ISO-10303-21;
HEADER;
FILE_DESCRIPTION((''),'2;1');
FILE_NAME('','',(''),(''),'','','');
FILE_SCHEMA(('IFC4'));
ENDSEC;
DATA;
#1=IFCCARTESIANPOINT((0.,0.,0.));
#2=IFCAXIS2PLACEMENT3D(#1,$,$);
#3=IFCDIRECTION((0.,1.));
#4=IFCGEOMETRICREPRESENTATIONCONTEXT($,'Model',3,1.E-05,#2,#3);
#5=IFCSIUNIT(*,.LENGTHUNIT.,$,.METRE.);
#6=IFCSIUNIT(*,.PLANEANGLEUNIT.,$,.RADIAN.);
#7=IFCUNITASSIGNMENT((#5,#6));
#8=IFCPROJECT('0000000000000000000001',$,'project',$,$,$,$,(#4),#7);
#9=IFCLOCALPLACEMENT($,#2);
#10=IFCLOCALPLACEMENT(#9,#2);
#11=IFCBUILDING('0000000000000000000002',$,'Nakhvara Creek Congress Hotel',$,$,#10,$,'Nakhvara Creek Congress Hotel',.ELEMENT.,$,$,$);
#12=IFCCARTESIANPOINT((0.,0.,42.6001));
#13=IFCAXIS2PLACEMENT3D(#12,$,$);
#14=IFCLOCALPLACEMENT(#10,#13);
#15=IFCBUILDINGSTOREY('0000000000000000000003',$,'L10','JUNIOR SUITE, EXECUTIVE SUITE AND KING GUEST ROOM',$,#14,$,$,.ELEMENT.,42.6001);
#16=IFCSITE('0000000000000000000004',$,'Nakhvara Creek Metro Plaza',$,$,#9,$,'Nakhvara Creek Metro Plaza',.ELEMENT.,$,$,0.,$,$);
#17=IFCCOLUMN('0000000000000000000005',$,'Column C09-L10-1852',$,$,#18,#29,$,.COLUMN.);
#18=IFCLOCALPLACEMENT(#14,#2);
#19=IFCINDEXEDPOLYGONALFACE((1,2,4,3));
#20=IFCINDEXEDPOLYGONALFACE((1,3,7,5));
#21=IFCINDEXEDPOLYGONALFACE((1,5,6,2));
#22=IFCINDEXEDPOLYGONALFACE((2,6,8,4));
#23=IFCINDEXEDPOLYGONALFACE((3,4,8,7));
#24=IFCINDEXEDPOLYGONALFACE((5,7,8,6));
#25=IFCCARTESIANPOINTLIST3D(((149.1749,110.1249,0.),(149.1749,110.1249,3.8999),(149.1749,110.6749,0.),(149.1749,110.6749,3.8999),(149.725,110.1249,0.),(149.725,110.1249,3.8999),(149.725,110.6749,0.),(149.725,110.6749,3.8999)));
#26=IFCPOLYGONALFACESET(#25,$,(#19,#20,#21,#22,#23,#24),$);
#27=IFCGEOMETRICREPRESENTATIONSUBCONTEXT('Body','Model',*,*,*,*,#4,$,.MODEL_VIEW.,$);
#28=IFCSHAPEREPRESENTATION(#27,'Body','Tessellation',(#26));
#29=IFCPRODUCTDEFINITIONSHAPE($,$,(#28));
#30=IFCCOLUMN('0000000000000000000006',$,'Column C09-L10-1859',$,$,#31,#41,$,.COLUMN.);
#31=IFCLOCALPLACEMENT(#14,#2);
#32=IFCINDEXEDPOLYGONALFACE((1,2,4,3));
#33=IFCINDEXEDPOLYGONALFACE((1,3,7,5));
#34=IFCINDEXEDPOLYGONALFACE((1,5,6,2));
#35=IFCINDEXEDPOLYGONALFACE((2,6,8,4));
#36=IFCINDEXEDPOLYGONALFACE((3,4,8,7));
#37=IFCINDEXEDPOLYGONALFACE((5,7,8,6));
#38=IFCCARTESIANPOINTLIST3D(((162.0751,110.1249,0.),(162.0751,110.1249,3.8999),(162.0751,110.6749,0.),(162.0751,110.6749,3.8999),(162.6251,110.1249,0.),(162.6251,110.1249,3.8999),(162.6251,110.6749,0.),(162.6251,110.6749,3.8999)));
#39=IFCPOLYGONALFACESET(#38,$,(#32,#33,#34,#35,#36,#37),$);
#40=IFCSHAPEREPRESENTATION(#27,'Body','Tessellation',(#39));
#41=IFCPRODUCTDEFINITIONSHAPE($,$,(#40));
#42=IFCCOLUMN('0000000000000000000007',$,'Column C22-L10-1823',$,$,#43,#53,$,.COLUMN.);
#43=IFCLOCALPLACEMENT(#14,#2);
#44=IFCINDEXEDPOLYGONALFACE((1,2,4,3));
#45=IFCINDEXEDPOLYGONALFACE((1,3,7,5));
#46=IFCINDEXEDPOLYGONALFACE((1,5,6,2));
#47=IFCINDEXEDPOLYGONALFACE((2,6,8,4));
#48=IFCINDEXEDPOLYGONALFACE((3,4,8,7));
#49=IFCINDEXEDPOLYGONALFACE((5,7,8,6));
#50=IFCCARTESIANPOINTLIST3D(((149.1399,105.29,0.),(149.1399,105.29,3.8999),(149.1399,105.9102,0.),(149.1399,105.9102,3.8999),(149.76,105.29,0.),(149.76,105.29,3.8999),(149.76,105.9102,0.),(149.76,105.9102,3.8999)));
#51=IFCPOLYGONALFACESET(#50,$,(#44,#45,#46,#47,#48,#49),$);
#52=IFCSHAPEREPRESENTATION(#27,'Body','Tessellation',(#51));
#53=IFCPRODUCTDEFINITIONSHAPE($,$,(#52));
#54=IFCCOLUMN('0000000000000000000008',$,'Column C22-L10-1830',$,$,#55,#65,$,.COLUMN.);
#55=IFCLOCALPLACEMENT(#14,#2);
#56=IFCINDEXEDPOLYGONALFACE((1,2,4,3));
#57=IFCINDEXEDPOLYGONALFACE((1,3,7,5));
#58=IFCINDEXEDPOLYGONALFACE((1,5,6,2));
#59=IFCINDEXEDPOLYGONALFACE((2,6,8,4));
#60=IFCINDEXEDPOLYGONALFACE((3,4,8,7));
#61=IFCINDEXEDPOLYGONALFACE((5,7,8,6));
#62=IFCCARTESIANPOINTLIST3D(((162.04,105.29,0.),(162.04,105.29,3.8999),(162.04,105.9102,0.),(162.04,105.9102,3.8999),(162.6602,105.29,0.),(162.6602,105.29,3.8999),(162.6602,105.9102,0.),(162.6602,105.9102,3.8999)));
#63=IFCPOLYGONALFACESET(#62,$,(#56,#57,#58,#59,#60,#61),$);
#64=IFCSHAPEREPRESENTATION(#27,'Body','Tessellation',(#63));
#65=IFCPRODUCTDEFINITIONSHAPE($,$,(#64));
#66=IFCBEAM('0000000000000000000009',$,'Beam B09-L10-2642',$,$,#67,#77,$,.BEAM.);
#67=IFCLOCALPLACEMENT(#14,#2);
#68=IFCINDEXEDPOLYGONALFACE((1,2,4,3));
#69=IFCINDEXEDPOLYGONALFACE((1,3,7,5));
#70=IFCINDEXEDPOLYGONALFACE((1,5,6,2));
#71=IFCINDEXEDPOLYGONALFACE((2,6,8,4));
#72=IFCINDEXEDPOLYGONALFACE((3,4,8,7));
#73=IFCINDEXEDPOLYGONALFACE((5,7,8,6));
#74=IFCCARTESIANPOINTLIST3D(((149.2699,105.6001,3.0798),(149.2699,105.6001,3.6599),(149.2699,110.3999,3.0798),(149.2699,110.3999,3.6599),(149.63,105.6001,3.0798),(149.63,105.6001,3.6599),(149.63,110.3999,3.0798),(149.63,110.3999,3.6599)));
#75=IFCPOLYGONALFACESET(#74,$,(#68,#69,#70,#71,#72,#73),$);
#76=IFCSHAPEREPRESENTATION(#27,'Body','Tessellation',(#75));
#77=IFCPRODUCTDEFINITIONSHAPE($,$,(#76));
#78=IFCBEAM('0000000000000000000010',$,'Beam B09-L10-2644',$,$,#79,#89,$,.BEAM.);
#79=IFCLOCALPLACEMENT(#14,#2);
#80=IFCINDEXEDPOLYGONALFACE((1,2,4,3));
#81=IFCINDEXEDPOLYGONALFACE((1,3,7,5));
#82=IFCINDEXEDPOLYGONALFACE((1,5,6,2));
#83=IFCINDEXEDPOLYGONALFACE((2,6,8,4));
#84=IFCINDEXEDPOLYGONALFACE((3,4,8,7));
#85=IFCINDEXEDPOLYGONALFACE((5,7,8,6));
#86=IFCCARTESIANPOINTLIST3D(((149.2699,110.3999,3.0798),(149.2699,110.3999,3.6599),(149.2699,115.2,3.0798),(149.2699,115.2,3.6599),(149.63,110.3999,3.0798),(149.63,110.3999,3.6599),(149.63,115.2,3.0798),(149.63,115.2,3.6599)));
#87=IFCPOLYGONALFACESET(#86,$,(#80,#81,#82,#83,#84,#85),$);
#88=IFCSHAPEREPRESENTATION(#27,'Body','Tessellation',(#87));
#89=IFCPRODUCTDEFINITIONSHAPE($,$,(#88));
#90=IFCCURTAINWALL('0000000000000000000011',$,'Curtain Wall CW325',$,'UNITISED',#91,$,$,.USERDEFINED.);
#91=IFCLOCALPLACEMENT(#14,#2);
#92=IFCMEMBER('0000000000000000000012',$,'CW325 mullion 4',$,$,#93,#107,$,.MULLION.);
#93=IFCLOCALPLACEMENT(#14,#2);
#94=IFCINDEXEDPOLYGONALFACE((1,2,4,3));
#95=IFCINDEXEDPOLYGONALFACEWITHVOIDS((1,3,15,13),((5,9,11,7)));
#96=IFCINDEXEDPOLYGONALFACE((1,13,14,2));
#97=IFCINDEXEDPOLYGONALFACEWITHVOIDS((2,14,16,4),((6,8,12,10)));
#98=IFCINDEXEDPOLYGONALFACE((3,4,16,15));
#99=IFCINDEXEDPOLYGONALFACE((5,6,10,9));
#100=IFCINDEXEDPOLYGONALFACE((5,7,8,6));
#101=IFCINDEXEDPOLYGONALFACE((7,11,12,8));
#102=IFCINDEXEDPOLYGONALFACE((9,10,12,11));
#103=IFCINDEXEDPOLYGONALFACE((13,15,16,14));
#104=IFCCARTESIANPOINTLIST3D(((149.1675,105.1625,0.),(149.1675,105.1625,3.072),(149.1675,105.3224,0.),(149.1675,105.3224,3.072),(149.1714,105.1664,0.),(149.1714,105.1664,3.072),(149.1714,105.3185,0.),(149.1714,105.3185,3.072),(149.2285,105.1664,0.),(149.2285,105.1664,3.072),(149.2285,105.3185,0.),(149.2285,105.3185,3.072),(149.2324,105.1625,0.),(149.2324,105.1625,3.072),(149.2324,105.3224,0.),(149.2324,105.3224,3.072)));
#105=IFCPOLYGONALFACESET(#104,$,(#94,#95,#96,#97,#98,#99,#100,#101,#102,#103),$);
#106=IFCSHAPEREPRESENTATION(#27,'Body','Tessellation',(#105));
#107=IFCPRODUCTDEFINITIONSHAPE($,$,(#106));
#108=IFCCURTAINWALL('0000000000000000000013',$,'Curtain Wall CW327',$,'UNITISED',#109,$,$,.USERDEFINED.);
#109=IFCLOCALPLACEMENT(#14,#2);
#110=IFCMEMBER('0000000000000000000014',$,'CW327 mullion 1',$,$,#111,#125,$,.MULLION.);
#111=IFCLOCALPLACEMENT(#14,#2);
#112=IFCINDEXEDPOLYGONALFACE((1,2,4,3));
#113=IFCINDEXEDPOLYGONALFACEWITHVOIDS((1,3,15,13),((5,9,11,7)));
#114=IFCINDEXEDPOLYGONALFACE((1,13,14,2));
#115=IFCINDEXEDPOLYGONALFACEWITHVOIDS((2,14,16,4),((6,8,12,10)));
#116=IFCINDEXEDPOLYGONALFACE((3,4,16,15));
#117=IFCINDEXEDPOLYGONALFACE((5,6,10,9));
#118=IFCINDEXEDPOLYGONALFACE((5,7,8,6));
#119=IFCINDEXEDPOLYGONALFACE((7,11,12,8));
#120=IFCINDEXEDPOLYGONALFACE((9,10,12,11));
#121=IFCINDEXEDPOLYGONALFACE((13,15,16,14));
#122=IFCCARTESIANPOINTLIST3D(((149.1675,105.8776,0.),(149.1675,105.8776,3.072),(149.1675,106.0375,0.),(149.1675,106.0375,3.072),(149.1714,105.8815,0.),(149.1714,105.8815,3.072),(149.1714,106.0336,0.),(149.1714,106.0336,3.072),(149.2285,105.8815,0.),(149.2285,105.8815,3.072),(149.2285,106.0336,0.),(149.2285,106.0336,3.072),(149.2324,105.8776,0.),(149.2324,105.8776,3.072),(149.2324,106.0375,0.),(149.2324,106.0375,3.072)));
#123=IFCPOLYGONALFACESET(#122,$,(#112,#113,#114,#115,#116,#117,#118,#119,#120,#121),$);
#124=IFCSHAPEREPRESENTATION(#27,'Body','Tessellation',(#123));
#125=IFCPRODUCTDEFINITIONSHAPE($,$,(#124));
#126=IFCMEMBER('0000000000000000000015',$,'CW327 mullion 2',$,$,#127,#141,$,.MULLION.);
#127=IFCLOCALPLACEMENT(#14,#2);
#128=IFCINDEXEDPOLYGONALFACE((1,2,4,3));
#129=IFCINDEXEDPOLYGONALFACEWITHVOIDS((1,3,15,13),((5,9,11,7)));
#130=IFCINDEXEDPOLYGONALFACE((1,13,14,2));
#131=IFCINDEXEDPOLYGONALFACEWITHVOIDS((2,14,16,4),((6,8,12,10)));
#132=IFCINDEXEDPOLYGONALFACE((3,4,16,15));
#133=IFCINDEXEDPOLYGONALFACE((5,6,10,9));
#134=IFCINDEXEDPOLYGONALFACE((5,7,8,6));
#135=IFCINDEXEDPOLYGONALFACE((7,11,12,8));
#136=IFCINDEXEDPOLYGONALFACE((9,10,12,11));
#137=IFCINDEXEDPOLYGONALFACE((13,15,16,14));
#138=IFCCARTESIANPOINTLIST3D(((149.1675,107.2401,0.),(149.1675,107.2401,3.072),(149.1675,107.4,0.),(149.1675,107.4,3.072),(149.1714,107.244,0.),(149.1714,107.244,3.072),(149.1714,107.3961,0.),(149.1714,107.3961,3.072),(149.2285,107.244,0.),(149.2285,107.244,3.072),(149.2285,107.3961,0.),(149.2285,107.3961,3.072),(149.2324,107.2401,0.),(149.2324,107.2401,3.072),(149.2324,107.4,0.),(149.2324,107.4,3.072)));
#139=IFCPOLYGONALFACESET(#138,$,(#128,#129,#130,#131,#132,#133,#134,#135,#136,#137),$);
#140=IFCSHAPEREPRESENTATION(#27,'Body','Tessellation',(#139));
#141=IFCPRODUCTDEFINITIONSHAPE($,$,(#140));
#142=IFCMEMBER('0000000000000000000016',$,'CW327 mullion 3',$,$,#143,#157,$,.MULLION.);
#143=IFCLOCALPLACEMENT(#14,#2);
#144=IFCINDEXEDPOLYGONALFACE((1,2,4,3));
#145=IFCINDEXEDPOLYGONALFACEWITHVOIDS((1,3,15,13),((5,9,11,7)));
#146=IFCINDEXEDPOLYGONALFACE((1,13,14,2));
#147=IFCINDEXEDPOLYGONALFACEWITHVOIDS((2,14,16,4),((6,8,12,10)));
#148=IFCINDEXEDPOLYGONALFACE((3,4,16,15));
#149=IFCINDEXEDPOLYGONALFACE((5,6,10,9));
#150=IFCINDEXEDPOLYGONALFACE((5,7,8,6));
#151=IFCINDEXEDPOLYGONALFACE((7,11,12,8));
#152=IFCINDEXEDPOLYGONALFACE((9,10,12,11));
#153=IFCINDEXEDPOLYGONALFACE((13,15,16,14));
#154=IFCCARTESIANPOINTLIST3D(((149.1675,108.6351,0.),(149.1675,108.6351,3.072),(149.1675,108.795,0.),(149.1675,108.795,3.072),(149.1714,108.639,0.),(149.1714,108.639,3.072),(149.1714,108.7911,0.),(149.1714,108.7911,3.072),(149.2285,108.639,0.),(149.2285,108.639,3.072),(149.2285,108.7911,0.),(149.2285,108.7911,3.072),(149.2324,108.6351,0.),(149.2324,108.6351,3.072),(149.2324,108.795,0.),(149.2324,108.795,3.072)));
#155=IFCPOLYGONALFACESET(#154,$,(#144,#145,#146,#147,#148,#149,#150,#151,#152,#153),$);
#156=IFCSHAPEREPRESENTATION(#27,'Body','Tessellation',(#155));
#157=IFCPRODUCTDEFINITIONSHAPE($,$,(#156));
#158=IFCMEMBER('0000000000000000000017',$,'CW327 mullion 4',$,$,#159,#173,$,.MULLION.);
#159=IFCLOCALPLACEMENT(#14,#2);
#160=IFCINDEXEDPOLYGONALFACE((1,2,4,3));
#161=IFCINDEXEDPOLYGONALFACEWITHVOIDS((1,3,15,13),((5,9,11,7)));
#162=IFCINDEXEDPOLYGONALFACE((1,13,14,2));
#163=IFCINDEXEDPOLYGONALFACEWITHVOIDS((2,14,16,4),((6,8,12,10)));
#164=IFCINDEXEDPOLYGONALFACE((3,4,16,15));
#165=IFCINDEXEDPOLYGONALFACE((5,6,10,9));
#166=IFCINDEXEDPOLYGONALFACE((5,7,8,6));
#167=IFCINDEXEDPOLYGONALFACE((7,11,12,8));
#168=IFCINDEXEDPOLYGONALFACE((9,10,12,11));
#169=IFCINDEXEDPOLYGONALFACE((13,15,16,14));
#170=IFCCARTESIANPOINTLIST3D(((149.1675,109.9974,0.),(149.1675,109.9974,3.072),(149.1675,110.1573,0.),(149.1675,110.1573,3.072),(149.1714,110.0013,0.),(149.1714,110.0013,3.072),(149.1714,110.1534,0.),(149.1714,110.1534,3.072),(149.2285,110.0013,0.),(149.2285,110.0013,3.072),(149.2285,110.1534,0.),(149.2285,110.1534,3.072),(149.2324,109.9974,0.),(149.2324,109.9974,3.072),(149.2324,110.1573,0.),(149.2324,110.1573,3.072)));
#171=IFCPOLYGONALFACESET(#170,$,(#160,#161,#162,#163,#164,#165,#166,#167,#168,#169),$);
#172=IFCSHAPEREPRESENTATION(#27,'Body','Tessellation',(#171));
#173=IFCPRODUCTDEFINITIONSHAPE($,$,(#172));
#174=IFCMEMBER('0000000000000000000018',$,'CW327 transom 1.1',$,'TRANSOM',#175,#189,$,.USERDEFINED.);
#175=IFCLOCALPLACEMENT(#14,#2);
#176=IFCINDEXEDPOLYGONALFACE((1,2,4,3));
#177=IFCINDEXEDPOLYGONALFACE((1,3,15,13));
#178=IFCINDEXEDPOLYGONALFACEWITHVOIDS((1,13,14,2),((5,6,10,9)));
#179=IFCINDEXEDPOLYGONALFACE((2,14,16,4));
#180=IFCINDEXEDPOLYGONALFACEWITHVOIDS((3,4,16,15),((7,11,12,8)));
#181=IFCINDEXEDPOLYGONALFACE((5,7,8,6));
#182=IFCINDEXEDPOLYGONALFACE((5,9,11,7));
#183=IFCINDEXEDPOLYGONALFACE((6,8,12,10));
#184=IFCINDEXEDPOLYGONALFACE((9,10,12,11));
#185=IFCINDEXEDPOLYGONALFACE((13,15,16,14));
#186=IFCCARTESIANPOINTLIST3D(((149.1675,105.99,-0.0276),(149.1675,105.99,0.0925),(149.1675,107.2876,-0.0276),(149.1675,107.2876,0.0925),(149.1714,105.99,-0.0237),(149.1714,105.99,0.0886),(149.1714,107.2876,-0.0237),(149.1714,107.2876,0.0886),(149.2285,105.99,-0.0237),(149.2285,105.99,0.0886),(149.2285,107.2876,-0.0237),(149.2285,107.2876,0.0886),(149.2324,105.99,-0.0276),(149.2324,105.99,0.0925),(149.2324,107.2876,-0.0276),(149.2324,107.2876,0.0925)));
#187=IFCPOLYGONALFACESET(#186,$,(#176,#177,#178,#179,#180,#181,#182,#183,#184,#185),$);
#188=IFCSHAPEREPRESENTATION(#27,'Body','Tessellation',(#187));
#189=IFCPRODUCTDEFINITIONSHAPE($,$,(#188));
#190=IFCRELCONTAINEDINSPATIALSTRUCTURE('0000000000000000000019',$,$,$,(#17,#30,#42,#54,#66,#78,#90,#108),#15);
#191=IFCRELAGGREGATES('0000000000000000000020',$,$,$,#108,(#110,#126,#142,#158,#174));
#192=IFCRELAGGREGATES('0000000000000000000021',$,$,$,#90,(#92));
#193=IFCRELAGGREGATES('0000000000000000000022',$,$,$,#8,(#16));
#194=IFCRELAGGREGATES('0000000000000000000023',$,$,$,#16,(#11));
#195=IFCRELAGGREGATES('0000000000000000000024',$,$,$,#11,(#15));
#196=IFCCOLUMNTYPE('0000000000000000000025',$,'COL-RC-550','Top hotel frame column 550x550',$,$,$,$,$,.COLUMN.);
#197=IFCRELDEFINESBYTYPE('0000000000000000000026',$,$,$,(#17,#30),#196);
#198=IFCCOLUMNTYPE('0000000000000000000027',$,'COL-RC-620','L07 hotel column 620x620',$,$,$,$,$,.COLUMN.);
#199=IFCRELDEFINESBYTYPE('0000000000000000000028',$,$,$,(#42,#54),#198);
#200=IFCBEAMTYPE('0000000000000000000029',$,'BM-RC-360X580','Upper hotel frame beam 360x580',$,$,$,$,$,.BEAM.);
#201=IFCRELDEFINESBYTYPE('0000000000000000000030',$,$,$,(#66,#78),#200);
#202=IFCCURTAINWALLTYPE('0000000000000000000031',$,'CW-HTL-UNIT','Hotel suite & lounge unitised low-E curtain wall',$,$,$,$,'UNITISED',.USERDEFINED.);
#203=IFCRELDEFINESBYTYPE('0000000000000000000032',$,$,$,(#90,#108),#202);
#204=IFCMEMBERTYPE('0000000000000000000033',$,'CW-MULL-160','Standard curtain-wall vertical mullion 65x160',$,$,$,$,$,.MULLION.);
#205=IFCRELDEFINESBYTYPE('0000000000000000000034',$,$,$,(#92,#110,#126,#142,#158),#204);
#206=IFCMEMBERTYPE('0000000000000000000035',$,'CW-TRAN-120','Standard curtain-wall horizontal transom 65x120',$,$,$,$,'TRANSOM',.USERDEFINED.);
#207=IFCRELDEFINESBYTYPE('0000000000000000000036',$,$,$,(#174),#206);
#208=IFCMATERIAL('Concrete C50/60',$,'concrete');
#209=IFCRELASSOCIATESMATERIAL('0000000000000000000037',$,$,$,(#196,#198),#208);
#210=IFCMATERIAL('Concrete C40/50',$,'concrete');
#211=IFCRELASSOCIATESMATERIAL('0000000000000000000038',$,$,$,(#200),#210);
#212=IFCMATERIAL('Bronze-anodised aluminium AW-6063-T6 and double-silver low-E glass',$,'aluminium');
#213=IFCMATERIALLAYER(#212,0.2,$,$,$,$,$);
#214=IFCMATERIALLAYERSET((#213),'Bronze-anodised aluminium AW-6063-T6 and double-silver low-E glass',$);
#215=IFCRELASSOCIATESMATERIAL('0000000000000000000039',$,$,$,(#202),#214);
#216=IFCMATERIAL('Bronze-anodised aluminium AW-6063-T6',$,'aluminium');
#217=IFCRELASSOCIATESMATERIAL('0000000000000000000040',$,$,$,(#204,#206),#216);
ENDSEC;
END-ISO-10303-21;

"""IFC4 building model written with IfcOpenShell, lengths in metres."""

from ifc_helpers import new_model, si_unit, direction, frame, origin, origin_2d, place, context, subcontext, project, spatial, rectangle, hollow_rectangle, extrude, material, layer, layer_set, material_profile, profile_set, type_object, element, aggregate, save


model = new_model("IFC4")

# Units and contexts
model_context = context("Model", 3, precision=1e-05, world=origin(), true_north=direction((0.0, 1.0)))
body_context = subcontext(model_context, "Body", "Model", "MODEL_VIEW")
ifc_project = project(units=[si_unit("LENGTHUNIT", "METRE"), si_unit("PLANEANGLEUNIT", "RADIAN")], contexts=[model_context])

# Site, building, storey
site_placement = place(None, origin())
site = spatial("IfcSite", under=ifc_project, at=site_placement, Name="Nakhvara Creek Metro Plaza", LongName="Nakhvara Creek Metro Plaza", CompositionType="ELEMENT", RefElevation=0.0)
building_placement = place(site_placement, origin())
building = spatial("IfcBuilding", under=site, at=building_placement, Name="Nakhvara Creek Congress Hotel", LongName="Nakhvara Creek Congress Hotel", CompositionType="ELEMENT")
storey_placement = place(building_placement, frame((0.0, 0.0, 42.6001)))
storey = spatial("IfcBuildingStorey", under=building, at=storey_placement, Name="L10", Description="JUNIOR SUITE, EXECUTIVE SUITE AND KING GUEST ROOM", CompositionType="ELEMENT", Elevation=42.6001)

# Columns
ifc_material_1 = material(Name="Concrete C50/60", Category="concrete")
ifc_material_profile_1 = material_profile(ifc_material_1, rectangle(XDim=0.55, YDim=0.55, at=origin_2d()), Name="RC-COL 550x550", Category="LoadBearing")
ifc_profile_set_1 = profile_set([ifc_material_profile_1], Name="Concrete C50/60")
column_type_1 = type_object("IfcColumnType", Name="COL-RC-550", Description="Top hotel frame column 550x550", PredefinedType="COLUMN", material=ifc_profile_set_1)
for number, where, z_axis, x_axis, name in (
    (1, (149.45, 110.3999, 0.0), (0.0, 0.0, 1.0), (1.0, 0.0, 0.0), "Column C09-L10-1852"),
    (2, (162.3501, 110.3999, 0.0), (0.0, 0.0, 1.0), (1.0, 0.0, 0.0), "Column C09-L10-1859"),
):
    element("IfcColumn", number, at=place(storey_placement, frame(where, z_axis=z_axis, x_axis=x_axis)), inside=storey, type_object=column_type_1, Name=name, PredefinedType="COLUMN", context=body_context, shape_type="SweptSolid", body=[
        extrude(rectangle(XDim=0.55, YDim=0.55, at=origin_2d()), origin(), (0.0, 0.0, 1.0), 3.8999),
    ])
ifc_material_profile_2 = material_profile(ifc_material_1, rectangle(XDim=0.6201, YDim=0.6201, at=origin_2d()), Name="RC-COL 620x620", Category="LoadBearing")
ifc_profile_set_2 = profile_set([ifc_material_profile_2], Name="Concrete C50/60")
column_type_2 = type_object("IfcColumnType", Name="COL-RC-620", Description="L07 hotel column 620x620", PredefinedType="COLUMN", material=ifc_profile_set_2)
for number, where, z_axis, x_axis, name in (
    (3, (149.45, 105.6001, 0.0), (0.0, 0.0, 1.0), (1.0, 0.0, 0.0), "Column C22-L10-1823"),
    (4, (162.3501, 105.6001, 0.0), (0.0, 0.0, 1.0), (1.0, 0.0, 0.0), "Column C22-L10-1830"),
):
    element("IfcColumn", number, at=place(storey_placement, frame(where, z_axis=z_axis, x_axis=x_axis)), inside=storey, type_object=column_type_2, Name=name, PredefinedType="COLUMN", context=body_context, shape_type="SweptSolid", body=[
        extrude(rectangle(XDim=0.6201, YDim=0.6201, at=origin_2d()), origin(), (0.0, 0.0, 1.0), 3.8999),
    ])

# Beams
ifc_material_2 = material(Name="Concrete C40/50", Category="concrete")
ifc_material_profile_3 = material_profile(ifc_material_2, rectangle(XDim=0.3601, YDim=0.5801, at=origin_2d()), Name="RC-BM 360x580", Category="LoadBearing")
ifc_profile_set_3 = profile_set([ifc_material_profile_3], Name="Concrete C40/50")
beam_type = type_object("IfcBeamType", Name="BM-RC-360X580", Description="Upper hotel frame beam 360x580", PredefinedType="BEAM", material=ifc_profile_set_3)
beam_1_placement = place(storey_placement, frame((149.45, 105.6001, 3.3699), z_axis=(0.0, 1.0, 0.0), x_axis=(-1.0, 0.0, 0.0)))
element("IfcBeam", 5, at=beam_1_placement, inside=storey, type_object=beam_type, Name="Beam B09-L10-2642", PredefinedType="BEAM", context=body_context, shape_type="SweptSolid", body=[
    extrude(rectangle(XDim=0.3601, YDim=0.5801, at=origin_2d()), origin(), (0.0, 0.0, 1.0), 4.7998),
])
beam_2_placement = place(storey_placement, frame((149.45, 110.3999, 3.3699), z_axis=(0.0, 1.0, 0.0), x_axis=(-1.0, 0.0, 0.0)))
element("IfcBeam", 6, at=beam_2_placement, inside=storey, type_object=beam_type, Name="Beam B09-L10-2644", PredefinedType="BEAM", context=body_context, shape_type="SweptSolid", body=[
    extrude(rectangle(XDim=0.3601, YDim=0.5801, at=origin_2d()), origin(), (0.0, 0.0, 1.0), 4.8),
])

# Curtain wall, member
ifc_material_3 = material(Name="Bronze-anodised aluminium AW-6063-T6 and double-silver low-E glass", Category="aluminium")
ifc_layer_1 = layer(ifc_material_3, 0.2)
ifc_layer_set_1 = layer_set([ifc_layer_1], Name="Bronze-anodised aluminium AW-6063-T6 and double-silver low-E glass")
curtain_wall_type = type_object("IfcCurtainWallType", Name="CW-HTL-UNIT", Description="Hotel suite & lounge unitised low-E curtain wall", ElementType="UNITISED", PredefinedType="USERDEFINED", material=ifc_layer_set_1)
curtain_wall_1_placement = place(storey_placement, origin())
curtain_wall_1 = element("IfcCurtainWall", 7, at=curtain_wall_1_placement, inside=storey, type_object=curtain_wall_type, Name="Curtain Wall CW325", ObjectType="UNITISED", PredefinedType="USERDEFINED")
ifc_material_4 = material(Name="Bronze-anodised aluminium AW-6063-T6", Category="aluminium")
ifc_material_profile_4 = material_profile(ifc_material_4, hollow_rectangle(XDim=0.0649, YDim=0.1599, WallThickness=0.0039, at=origin_2d()), Name="ALU-MULL 65x160x4", Category="LoadBearing")
ifc_profile_set_4 = profile_set([ifc_material_profile_4], Name="Bronze-anodised aluminium AW-6063-T6")
member_type_1 = type_object("IfcMemberType", Name="CW-MULL-160", Description="Standard curtain-wall vertical mullion 65x160", PredefinedType="MULLION", material=ifc_profile_set_4)
member_1_placement = place(storey_placement, frame((149.2, 105.2424, 0.0), z_axis=(0.0, 0.0, 1.0), x_axis=(-1.0, 0.0, 0.0)))
member_1 = element("IfcMember", 8, at=member_1_placement, type_object=member_type_1, Name="CW325 mullion 4", PredefinedType="MULLION", context=body_context, shape_type="SweptSolid", body=[
    extrude(hollow_rectangle(XDim=0.0649, YDim=0.1599, WallThickness=0.0039, at=origin_2d()), origin(), (0.0, 0.0, 1.0), 3.072),
])

# Curtain wall, members
curtain_wall_2_placement = place(storey_placement, origin())
curtain_wall_2 = element("IfcCurtainWall", 9, at=curtain_wall_2_placement, inside=storey, type_object=curtain_wall_type, Name="Curtain Wall CW327", ObjectType="UNITISED", PredefinedType="USERDEFINED")
member_2_placement = place(storey_placement, frame((149.2, 105.9575, 0.0), z_axis=(0.0, 0.0, 1.0), x_axis=(-1.0, 0.0, 0.0)))
member_2 = element("IfcMember", 10, at=member_2_placement, type_object=member_type_1, Name="CW327 mullion 1", PredefinedType="MULLION", context=body_context, shape_type="SweptSolid", body=[
    extrude(hollow_rectangle(XDim=0.0649, YDim=0.1599, WallThickness=0.0039, at=origin_2d()), origin(), (0.0, 0.0, 1.0), 3.072),
])
member_3_placement = place(storey_placement, frame((149.2, 107.3201, 0.0), z_axis=(0.0, 0.0, 1.0), x_axis=(-1.0, 0.0, 0.0)))
member_3 = element("IfcMember", 11, at=member_3_placement, type_object=member_type_1, Name="CW327 mullion 2", PredefinedType="MULLION", context=body_context, shape_type="SweptSolid", body=[
    extrude(hollow_rectangle(XDim=0.0649, YDim=0.1599, WallThickness=0.0039, at=origin_2d()), origin(), (0.0, 0.0, 1.0), 3.072),
])
member_4_placement = place(storey_placement, frame((149.2, 108.7151, 0.0), z_axis=(0.0, 0.0, 1.0), x_axis=(-1.0, 0.0, 0.0)))
member_4 = element("IfcMember", 12, at=member_4_placement, type_object=member_type_1, Name="CW327 mullion 3", PredefinedType="MULLION", context=body_context, shape_type="SweptSolid", body=[
    extrude(hollow_rectangle(XDim=0.0649, YDim=0.1599, WallThickness=0.0039, at=origin_2d()), origin(), (0.0, 0.0, 1.0), 3.072),
])
member_5_placement = place(storey_placement, frame((149.2, 110.0774, 0.0), z_axis=(0.0, 0.0, 1.0), x_axis=(-1.0, 0.0, 0.0)))
member_5 = element("IfcMember", 13, at=member_5_placement, type_object=member_type_1, Name="CW327 mullion 4", PredefinedType="MULLION", context=body_context, shape_type="SweptSolid", body=[
    extrude(hollow_rectangle(XDim=0.0649, YDim=0.1599, WallThickness=0.0039, at=origin_2d()), origin(), (0.0, 0.0, 1.0), 3.072),
])
ifc_material_profile_5 = material_profile(ifc_material_4, hollow_rectangle(XDim=0.0649, YDim=0.1201, WallThickness=0.0039, at=origin_2d()), Name="ALU-TRAN 65x120x4", Category="LoadBearing")
ifc_profile_set_5 = profile_set([ifc_material_profile_5], Name="Bronze-anodised aluminium AW-6063-T6")
member_type_2 = type_object("IfcMemberType", Name="CW-TRAN-120", Description="Standard curtain-wall horizontal transom 65x120", ElementType="TRANSOM", PredefinedType="USERDEFINED", material=ifc_profile_set_5)
member_6_placement = place(storey_placement, frame((149.2, 105.99, 0.0325), z_axis=(0.0, 1.0, 0.0), x_axis=(-1.0, 0.0, 0.0)))
member_6 = element("IfcMember", 14, at=member_6_placement, type_object=member_type_2, Name="CW327 transom 1.1", ObjectType="TRANSOM", PredefinedType="USERDEFINED", context=body_context, shape_type="SweptSolid", body=[
    extrude(hollow_rectangle(XDim=0.0649, YDim=0.1201, WallThickness=0.0039, at=origin_2d()), origin(), (0.0, 0.0, 1.0), 1.2976),
])
aggregate(curtain_wall_2, [member_2, member_3, member_4, member_5, member_6])

aggregate(curtain_wall_1, [member_1])

save(model, "model.ifc")
